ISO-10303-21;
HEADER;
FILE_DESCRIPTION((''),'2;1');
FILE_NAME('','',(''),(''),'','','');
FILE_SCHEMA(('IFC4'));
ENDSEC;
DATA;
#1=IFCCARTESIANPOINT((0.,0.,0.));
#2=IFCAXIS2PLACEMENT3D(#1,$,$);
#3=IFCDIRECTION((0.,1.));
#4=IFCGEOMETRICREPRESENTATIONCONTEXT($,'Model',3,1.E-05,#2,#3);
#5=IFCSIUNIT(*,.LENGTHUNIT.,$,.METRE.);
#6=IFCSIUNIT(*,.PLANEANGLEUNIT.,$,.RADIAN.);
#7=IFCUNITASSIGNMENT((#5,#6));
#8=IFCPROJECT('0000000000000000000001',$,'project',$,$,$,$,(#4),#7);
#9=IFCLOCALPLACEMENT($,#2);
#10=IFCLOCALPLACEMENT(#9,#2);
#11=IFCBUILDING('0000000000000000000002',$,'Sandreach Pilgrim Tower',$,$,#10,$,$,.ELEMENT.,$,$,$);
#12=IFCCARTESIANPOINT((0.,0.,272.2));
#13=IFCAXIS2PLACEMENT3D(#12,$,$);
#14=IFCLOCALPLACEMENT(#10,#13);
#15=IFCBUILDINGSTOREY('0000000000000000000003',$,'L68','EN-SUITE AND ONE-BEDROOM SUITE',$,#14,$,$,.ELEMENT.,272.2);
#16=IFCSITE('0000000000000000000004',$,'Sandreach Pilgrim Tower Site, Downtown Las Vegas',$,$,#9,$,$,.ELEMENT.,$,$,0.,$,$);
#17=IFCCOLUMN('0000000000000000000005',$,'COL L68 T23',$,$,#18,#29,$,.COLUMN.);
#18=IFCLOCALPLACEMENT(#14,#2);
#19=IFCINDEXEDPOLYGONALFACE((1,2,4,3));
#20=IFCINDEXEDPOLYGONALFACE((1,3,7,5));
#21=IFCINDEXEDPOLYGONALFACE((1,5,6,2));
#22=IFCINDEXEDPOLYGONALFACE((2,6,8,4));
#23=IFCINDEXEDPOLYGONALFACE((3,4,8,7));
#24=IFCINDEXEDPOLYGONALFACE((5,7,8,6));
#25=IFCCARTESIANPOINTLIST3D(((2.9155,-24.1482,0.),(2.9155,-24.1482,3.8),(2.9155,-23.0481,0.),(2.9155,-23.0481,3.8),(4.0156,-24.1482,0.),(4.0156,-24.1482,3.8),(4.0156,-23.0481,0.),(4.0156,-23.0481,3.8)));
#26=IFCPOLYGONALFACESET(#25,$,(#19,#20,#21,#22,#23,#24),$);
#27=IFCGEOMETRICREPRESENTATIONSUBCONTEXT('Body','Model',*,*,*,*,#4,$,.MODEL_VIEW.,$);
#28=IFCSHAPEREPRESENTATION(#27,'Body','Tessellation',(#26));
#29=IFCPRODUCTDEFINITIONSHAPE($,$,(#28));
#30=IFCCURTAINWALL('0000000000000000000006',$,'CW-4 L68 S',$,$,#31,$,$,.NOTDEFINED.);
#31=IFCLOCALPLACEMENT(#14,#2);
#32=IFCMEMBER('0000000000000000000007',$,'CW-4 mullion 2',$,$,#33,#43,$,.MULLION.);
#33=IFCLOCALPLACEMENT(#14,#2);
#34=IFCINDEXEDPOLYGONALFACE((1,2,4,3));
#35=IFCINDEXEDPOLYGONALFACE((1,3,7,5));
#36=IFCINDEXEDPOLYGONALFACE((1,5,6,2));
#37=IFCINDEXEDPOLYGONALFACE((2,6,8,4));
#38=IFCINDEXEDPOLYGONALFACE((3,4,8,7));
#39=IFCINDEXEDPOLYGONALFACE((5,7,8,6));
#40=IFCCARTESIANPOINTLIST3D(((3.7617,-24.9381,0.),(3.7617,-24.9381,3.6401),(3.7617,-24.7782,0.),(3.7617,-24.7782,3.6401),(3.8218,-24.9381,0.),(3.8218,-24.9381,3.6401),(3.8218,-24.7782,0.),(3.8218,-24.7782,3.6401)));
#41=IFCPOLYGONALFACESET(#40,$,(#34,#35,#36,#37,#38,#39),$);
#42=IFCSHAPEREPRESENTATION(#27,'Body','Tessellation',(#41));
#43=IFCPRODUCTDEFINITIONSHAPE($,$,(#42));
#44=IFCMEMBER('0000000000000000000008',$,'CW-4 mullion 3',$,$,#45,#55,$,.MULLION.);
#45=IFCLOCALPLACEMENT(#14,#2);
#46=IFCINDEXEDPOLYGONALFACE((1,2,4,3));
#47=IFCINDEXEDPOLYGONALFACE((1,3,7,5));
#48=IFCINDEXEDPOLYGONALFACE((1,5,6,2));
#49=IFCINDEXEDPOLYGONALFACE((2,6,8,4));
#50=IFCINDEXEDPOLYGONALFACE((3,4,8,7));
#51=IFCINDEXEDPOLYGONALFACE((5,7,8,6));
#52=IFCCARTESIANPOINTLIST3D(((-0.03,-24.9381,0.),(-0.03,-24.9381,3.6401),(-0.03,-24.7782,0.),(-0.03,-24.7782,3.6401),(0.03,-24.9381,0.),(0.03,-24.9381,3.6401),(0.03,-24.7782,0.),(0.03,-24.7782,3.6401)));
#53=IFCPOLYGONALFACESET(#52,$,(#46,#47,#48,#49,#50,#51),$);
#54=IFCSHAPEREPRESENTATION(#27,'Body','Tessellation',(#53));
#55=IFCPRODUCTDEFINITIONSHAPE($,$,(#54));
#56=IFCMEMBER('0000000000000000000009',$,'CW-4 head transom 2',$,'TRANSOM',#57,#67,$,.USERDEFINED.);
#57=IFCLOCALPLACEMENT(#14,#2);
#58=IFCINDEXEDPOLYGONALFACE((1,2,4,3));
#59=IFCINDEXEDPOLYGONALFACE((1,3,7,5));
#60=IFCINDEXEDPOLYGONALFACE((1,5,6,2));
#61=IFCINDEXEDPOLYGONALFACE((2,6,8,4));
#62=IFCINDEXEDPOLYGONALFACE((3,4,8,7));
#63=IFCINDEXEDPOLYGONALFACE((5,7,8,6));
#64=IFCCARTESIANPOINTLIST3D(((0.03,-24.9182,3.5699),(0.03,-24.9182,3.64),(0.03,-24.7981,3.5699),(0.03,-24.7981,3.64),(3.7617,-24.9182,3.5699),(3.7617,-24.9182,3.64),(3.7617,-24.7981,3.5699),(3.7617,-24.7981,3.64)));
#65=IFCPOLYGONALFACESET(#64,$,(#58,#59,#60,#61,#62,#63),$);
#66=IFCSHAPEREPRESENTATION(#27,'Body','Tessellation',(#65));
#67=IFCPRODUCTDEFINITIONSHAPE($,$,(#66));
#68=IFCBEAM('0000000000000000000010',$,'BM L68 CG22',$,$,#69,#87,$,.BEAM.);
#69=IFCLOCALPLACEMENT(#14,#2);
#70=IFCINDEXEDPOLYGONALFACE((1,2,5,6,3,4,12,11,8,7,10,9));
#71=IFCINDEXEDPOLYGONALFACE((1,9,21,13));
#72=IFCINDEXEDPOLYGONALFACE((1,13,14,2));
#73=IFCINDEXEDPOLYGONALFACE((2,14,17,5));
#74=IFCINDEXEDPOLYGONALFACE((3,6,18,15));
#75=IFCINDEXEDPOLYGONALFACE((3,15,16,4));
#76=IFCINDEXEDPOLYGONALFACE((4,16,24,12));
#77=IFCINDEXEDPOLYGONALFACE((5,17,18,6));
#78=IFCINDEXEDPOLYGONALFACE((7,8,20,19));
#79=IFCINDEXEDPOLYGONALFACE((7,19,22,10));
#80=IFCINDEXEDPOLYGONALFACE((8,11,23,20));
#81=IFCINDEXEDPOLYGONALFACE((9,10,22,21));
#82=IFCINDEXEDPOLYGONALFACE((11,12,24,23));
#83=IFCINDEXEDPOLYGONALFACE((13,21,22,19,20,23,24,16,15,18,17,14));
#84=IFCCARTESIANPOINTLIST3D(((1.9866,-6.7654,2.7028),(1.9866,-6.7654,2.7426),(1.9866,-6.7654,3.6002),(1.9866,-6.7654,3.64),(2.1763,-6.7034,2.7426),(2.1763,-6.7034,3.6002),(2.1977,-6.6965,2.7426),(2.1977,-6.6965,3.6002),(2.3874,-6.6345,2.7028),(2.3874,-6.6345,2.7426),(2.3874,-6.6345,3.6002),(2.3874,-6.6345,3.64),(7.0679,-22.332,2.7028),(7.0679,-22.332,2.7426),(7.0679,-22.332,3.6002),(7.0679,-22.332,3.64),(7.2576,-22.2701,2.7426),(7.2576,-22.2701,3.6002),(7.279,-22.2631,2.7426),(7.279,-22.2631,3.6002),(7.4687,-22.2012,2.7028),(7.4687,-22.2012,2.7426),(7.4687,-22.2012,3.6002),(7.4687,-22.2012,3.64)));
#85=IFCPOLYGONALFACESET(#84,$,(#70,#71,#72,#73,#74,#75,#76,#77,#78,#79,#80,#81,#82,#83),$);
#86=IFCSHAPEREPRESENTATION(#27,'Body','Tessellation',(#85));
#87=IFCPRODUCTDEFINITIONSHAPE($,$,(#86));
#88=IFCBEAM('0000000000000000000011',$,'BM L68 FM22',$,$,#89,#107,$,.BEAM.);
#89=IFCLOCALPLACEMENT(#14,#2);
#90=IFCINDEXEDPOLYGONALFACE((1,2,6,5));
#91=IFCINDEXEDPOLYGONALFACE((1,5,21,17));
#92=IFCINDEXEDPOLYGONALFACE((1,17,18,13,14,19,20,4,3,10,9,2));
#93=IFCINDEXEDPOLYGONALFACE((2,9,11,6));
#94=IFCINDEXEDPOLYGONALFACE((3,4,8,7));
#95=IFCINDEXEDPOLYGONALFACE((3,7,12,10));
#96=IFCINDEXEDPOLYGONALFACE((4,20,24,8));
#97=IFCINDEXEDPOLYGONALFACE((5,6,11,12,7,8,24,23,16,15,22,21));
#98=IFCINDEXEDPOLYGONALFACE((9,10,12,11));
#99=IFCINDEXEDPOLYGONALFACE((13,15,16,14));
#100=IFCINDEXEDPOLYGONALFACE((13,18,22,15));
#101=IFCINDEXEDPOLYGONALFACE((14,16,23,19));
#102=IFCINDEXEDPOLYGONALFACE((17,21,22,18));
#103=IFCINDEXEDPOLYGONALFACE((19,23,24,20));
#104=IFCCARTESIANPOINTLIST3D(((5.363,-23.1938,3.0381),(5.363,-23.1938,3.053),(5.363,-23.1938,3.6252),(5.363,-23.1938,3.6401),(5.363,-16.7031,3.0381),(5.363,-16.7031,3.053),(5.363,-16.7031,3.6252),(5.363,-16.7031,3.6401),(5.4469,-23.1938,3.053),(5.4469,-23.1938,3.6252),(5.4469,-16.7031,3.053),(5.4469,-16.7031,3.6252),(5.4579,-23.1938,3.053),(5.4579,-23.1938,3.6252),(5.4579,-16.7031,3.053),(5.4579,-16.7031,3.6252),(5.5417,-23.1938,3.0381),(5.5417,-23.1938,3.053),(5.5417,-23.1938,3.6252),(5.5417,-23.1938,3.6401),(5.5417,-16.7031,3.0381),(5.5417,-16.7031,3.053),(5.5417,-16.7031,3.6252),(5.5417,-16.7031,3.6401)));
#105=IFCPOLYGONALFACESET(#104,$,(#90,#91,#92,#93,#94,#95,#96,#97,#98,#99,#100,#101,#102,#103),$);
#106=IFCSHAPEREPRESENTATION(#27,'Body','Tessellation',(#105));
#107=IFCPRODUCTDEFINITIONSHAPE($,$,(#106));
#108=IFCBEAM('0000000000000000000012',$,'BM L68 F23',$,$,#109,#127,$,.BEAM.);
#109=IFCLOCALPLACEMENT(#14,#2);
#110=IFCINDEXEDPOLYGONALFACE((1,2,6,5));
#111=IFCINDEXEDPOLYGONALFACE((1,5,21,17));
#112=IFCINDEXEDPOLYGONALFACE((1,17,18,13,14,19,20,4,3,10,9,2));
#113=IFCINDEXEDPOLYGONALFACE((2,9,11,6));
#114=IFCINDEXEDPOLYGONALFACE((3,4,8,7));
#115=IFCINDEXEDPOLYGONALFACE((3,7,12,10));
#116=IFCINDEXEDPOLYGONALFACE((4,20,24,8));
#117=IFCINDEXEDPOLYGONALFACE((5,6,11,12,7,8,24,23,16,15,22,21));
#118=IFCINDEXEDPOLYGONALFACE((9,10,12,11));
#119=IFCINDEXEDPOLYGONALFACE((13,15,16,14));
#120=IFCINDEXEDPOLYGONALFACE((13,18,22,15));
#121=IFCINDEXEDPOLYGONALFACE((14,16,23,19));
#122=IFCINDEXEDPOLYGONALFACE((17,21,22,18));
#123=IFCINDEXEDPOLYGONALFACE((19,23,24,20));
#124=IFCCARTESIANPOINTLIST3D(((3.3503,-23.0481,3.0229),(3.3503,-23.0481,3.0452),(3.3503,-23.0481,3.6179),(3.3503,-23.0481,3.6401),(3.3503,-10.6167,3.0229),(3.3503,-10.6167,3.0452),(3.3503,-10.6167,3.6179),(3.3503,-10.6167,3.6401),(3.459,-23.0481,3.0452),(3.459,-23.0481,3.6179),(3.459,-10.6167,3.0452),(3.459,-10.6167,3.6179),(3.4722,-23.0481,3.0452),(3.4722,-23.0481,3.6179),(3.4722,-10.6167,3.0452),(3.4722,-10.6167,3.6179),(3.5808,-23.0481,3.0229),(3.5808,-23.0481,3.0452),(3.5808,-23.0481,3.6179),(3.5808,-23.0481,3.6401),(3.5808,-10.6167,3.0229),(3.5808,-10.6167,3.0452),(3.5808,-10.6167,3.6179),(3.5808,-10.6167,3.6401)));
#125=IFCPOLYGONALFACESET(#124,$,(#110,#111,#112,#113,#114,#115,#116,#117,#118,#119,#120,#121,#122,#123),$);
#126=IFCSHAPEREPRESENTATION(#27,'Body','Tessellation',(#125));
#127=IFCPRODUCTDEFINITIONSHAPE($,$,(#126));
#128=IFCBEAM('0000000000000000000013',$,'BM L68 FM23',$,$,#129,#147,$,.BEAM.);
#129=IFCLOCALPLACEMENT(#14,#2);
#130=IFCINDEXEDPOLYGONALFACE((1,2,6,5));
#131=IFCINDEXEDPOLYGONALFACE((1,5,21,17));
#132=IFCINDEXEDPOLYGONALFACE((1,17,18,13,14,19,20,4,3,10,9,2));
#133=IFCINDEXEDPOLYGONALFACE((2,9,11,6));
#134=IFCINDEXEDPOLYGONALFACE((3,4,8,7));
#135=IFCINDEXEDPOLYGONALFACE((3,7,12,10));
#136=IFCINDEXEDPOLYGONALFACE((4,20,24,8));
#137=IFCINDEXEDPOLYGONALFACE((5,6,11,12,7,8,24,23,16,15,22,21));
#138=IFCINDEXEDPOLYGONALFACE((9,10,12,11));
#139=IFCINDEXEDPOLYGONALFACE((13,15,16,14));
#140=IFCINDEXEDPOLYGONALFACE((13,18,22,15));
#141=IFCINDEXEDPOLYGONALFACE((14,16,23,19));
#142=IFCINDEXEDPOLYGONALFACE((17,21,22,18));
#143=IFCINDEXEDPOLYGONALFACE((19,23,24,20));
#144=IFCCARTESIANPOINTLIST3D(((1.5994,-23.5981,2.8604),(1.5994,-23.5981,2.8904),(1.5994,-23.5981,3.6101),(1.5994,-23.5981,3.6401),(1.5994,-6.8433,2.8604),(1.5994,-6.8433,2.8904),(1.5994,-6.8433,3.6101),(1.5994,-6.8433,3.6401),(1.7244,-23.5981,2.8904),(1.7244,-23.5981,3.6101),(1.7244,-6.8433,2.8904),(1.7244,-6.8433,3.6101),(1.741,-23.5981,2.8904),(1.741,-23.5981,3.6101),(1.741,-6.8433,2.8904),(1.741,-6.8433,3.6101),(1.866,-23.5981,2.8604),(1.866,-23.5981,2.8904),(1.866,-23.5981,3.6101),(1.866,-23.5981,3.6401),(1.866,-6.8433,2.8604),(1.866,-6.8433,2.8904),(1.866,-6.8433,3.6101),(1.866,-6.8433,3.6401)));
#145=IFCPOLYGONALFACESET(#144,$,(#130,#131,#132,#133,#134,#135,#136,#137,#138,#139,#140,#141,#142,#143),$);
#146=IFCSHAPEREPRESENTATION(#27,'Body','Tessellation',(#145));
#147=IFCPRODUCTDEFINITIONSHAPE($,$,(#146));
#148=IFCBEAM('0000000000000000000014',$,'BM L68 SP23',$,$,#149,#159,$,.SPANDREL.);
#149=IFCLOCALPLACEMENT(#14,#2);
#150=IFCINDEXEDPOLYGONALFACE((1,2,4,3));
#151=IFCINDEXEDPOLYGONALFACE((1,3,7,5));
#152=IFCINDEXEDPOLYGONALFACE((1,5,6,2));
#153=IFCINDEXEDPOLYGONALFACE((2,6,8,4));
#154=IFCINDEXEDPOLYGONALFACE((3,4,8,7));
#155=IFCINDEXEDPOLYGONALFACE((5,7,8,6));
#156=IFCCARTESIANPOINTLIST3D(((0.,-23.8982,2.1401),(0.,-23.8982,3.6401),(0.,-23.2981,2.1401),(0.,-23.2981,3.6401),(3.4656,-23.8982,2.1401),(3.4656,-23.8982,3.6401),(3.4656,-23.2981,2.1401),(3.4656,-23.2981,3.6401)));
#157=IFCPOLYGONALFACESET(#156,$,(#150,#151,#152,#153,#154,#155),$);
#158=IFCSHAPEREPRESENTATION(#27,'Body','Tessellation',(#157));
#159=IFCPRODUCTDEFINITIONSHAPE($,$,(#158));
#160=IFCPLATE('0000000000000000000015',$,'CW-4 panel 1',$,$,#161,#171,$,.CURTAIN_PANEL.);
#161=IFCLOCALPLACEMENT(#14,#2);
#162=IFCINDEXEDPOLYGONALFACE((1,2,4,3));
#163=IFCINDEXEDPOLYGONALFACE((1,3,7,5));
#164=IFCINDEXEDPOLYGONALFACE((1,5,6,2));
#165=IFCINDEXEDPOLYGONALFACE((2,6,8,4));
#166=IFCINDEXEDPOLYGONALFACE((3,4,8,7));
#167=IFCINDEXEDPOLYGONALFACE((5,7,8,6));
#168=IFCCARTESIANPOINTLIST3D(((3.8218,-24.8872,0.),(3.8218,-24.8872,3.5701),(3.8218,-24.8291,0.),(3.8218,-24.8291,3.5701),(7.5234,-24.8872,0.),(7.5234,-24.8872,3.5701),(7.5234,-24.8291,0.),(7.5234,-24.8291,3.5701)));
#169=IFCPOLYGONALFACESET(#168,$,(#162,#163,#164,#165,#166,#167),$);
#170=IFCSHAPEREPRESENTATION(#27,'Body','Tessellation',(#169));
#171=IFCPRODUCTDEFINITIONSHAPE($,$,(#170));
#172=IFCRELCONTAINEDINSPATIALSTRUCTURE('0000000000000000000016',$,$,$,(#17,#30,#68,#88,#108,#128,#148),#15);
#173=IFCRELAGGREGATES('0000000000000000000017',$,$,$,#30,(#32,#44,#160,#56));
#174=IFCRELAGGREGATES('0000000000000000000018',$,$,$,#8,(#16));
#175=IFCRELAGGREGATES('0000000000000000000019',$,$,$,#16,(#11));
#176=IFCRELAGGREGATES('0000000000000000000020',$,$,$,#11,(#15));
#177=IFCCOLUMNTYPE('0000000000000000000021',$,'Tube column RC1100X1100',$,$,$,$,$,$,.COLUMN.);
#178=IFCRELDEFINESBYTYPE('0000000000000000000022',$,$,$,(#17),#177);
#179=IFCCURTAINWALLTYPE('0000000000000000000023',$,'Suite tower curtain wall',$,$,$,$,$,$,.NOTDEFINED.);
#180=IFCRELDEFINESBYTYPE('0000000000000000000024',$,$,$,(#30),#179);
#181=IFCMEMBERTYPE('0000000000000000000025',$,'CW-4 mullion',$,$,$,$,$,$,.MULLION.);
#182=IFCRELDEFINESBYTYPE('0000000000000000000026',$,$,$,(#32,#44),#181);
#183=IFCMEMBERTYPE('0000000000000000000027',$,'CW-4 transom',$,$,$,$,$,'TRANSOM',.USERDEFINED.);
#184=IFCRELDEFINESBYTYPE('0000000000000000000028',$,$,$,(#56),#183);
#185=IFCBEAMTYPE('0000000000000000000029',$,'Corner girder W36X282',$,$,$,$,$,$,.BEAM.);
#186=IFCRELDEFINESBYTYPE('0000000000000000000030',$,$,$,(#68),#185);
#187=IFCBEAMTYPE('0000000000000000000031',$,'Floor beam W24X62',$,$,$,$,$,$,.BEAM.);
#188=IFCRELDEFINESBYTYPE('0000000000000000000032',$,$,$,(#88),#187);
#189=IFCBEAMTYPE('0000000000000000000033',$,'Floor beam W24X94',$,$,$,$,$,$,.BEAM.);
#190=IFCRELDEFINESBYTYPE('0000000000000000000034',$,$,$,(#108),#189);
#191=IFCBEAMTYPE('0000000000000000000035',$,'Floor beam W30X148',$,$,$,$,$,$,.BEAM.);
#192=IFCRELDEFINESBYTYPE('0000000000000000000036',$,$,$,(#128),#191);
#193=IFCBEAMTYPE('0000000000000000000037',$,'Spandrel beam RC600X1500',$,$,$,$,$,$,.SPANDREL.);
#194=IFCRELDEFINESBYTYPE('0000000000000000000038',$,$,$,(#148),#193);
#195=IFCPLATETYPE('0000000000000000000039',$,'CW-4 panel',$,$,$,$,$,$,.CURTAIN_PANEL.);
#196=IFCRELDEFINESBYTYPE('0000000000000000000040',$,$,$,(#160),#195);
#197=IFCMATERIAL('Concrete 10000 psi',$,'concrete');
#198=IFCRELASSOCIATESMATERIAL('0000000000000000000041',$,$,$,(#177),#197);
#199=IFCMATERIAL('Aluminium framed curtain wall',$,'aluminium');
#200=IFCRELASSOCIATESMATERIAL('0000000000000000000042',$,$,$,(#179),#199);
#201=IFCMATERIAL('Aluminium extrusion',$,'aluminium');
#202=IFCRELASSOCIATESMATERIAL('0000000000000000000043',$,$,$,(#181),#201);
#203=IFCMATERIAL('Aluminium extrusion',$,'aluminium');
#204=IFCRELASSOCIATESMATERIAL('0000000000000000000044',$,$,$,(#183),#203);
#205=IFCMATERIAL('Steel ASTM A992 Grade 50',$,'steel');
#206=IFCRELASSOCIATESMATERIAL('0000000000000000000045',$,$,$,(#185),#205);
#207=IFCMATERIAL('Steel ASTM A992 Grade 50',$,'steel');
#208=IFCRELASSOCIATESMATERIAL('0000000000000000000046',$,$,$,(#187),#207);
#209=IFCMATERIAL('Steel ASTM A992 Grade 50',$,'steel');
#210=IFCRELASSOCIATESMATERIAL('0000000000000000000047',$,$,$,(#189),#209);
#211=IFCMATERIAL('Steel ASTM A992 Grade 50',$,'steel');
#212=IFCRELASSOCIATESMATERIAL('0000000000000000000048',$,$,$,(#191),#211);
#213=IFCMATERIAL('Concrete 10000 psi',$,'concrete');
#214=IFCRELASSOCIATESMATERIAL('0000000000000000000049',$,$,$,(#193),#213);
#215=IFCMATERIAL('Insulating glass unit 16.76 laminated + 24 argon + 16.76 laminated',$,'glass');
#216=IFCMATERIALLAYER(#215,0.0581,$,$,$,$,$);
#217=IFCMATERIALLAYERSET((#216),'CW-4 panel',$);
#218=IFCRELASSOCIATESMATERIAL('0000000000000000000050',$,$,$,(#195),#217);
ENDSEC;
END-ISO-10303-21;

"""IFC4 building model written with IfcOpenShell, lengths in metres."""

from ifc_helpers import new_model, si_unit, direction, frame, origin, origin_2d, place, context, subcontext, project, spatial, rectangle, i_section, extrude, material, layer, layer_set, material_profile, profile_set, type_object, element, aggregate, save


model = new_model("IFC4")

# Units and contexts
model_context = context("Model", 3, precision=1e-05, world=origin(), true_north=direction((0.0, 1.0)))
body_context = subcontext(model_context, "Body", "Model", "MODEL_VIEW")
ifc_project = project(units=[si_unit("LENGTHUNIT", "METRE"), si_unit("PLANEANGLEUNIT", "RADIAN")], contexts=[model_context])

# Site, building, storey
site_placement = place(None, origin())
site = spatial("IfcSite", under=ifc_project, at=site_placement, Name="Sandreach Pilgrim Tower Site, Downtown Las Vegas", CompositionType="ELEMENT", RefElevation=0.0)
building_placement = place(site_placement, origin())
building = spatial("IfcBuilding", under=site, at=building_placement, Name="Sandreach Pilgrim Tower", CompositionType="ELEMENT")
storey_placement = place(building_placement, frame((0.0, 0.0, 272.2)))
storey = spatial("IfcBuildingStorey", under=building, at=storey_placement, Name="L68", Description="EN-SUITE AND ONE-BEDROOM SUITE", CompositionType="ELEMENT", Elevation=272.2)

# Column
ifc_material_1 = material(Name="Concrete 10000 psi", Category="concrete")
ifc_material_profile_1 = material_profile(ifc_material_1, rectangle(XDim=1.1001, YDim=1.1001, at=origin_2d()), Name="RC1100X1100")
ifc_profile_set_1 = profile_set([ifc_material_profile_1], Name="Concrete 10000 psi")
column_type = type_object("IfcColumnType", Name="Tube column RC1100X1100", PredefinedType="COLUMN", material=ifc_profile_set_1)
column_placement = place(storey_placement, frame((3.4656, -23.5981, 0.0), z_axis=(0.0, 0.0, 1.0), x_axis=(0.0, -1.0, 0.0)))
element("IfcColumn", 1, at=column_placement, inside=storey, type_object=column_type, Name="COL L68 T23", PredefinedType="COLUMN", context=body_context, shape_type="SweptSolid", body=[
    extrude(rectangle(XDim=1.1001, YDim=1.1001, at=origin_2d()), origin(), (0.0, 0.0, 1.0), 3.8),
])

# Curtain wall, members
ifc_material_2 = material(Name="Aluminium framed curtain wall", Category="aluminium")
curtain_wall_type = type_object("IfcCurtainWallType", Name="Suite tower curtain wall", PredefinedType="NOTDEFINED", material=ifc_material_2)
curtain_wall_placement = place(storey_placement, origin())
curtain_wall = element("IfcCurtainWall", 2, at=curtain_wall_placement, inside=storey, type_object=curtain_wall_type, Name="CW-4 L68 S", PredefinedType="NOTDEFINED")
ifc_material_3 = material(Name="Aluminium extrusion", Category="aluminium")
ifc_material_profile_2 = material_profile(ifc_material_3, rectangle(XDim=0.0601, YDim=0.1599, at=origin_2d()), Name="CW-4M 60X160")
ifc_profile_set_2 = profile_set([ifc_material_profile_2], Name="Aluminium extrusion")
member_type_1 = type_object("IfcMemberType", Name="CW-4 mullion", PredefinedType="MULLION", material=ifc_profile_set_2)
member_1_placement = place(storey_placement, frame((3.7917, -24.8582, 0.0), z_axis=(0.0, 0.0, 1.0), x_axis=(-1.0, 0.0, 0.0)))
member_1 = element("IfcMember", 3, at=member_1_placement, type_object=member_type_1, Name="CW-4 mullion 2", PredefinedType="MULLION", context=body_context, shape_type="SweptSolid", body=[
    extrude(rectangle(XDim=0.0601, YDim=0.1599, at=origin_2d()), origin(), (0.0, 0.0, 1.0), 3.6401),
])
member_2_placement = place(storey_placement, frame((0.0, -24.8582, 0.0), z_axis=(0.0, 0.0, 1.0), x_axis=(-1.0, 0.0, 0.0)))
member_2 = element("IfcMember", 4, at=member_2_placement, type_object=member_type_1, Name="CW-4 mullion 3", PredefinedType="MULLION", context=body_context, shape_type="SweptSolid", body=[
    extrude(rectangle(XDim=0.0601, YDim=0.1599, at=origin_2d()), origin(), (0.0, 0.0, 1.0), 3.6401),
])
ifc_material_4 = material(Name="Aluminium extrusion", Category="aluminium")
ifc_material_profile_3 = material_profile(ifc_material_4, rectangle(XDim=0.1201, YDim=0.0701, at=origin_2d()), Name="CW-4T 120X70")
ifc_profile_set_3 = profile_set([ifc_material_profile_3], Name="Aluminium extrusion")
member_type_2 = type_object("IfcMemberType", Name="CW-4 transom", ElementType="TRANSOM", PredefinedType="USERDEFINED", material=ifc_profile_set_3)
member_3_placement = place(storey_placement, frame((3.7617, -24.8582, 3.605), z_axis=(-1.0, 0.0, 0.0), x_axis=(0.0, -1.0, 0.0)))
member_3 = element("IfcMember", 5, at=member_3_placement, type_object=member_type_2, Name="CW-4 head transom 2", ObjectType="TRANSOM", PredefinedType="USERDEFINED", context=body_context, shape_type="SweptSolid", body=[
    extrude(rectangle(XDim=0.1201, YDim=0.0701, at=origin_2d()), origin(), (0.0, 0.0, 1.0), 3.7317),
])

# Beams
ifc_material_5 = material(Name="Steel ASTM A992 Grade 50", Category="steel")
ifc_material_profile_4 = material_profile(ifc_material_5, i_section(OverallWidth=0.4216, OverallDepth=0.9373, WebThickness=0.0225, FlangeThickness=0.0398, at=origin_2d()), Name="W36X282")
ifc_profile_set_4 = profile_set([ifc_material_profile_4], Name="Steel ASTM A992 Grade 50")
beam_type_1 = type_object("IfcBeamType", Name="Corner girder W36X282", PredefinedType="BEAM", material=ifc_profile_set_4)
beam_1_placement = place(storey_placement, frame((7.2683, -22.2666, 3.1714), z_axis=(-0.310309, 0.950636, 0.0), x_axis=(-0.950636, -0.310309, 0.0)))
element("IfcBeam", 6, at=beam_1_placement, inside=storey, type_object=beam_type_1, Name="BM L68 CG22", PredefinedType="BEAM", context=body_context, shape_type="SweptSolid", body=[
    extrude(i_section(OverallWidth=0.4216, OverallDepth=0.9373, WebThickness=0.0225, FlangeThickness=0.0398, at=origin_2d()), origin(), (0.0, 0.0, 1.0), 16.375),
])
ifc_material_6 = material(Name="Steel ASTM A992 Grade 50", Category="steel")
ifc_material_profile_5 = material_profile(ifc_material_6, i_section(OverallWidth=0.1787, OverallDepth=0.6021, WebThickness=0.011, FlangeThickness=0.0149, at=origin_2d()), Name="W24X62")
ifc_profile_set_5 = profile_set([ifc_material_profile_5], Name="Steel ASTM A992 Grade 50")
beam_type_2 = type_object("IfcBeamType", Name="Floor beam W24X62", PredefinedType="BEAM", material=ifc_profile_set_5)
beam_2_placement = place(storey_placement, frame((5.4524, -23.1938, 3.3391), z_axis=(0.0, 1.0, 0.0), x_axis=(-1.0, 0.0, 0.0)))
element("IfcBeam", 7, at=beam_2_placement, inside=storey, type_object=beam_type_2, Name="BM L68 FM22", PredefinedType="BEAM", context=body_context, shape_type="SweptSolid", body=[
    extrude(i_section(OverallWidth=0.1787, OverallDepth=0.6021, WebThickness=0.011, FlangeThickness=0.0149, at=origin_2d()), origin(), (0.0, 0.0, 1.0), 6.4907),
])
ifc_material_7 = material(Name="Steel ASTM A992 Grade 50", Category="steel")
ifc_material_profile_6 = material_profile(ifc_material_7, i_section(OverallWidth=0.2305, OverallDepth=0.6172, WebThickness=0.0132, FlangeThickness=0.0222, at=origin_2d()), Name="W24X94")
ifc_profile_set_6 = profile_set([ifc_material_profile_6], Name="Steel ASTM A992 Grade 50")
beam_type_3 = type_object("IfcBeamType", Name="Floor beam W24X94", PredefinedType="BEAM", material=ifc_profile_set_6)
beam_3_placement = place(storey_placement, frame((3.4656, -23.0481, 3.3315), z_axis=(0.0, 1.0, 0.0), x_axis=(-1.0, 0.0, 0.0)))
element("IfcBeam", 8, at=beam_3_placement, inside=storey, type_object=beam_type_3, Name="BM L68 F23", PredefinedType="BEAM", context=body_context, shape_type="SweptSolid", body=[
    extrude(i_section(OverallWidth=0.2305, OverallDepth=0.6172, WebThickness=0.0132, FlangeThickness=0.0222, at=origin_2d()), origin(), (0.0, 0.0, 1.0), 12.4314),
])
ifc_material_8 = material(Name="Steel ASTM A992 Grade 50", Category="steel")
ifc_material_profile_7 = material_profile(ifc_material_8, i_section(OverallWidth=0.2666, OverallDepth=0.7798, WebThickness=0.0166, FlangeThickness=0.03, at=origin_2d()), Name="W30X148")
ifc_profile_set_7 = profile_set([ifc_material_profile_7], Name="Steel ASTM A992 Grade 50")
beam_type_4 = type_object("IfcBeamType", Name="Floor beam W30X148", PredefinedType="BEAM", material=ifc_profile_set_7)
beam_4_placement = place(storey_placement, frame((1.7327, -23.5981, 3.2502), z_axis=(0.0, 1.0, 0.0), x_axis=(-1.0, 0.0, 0.0)))
element("IfcBeam", 9, at=beam_4_placement, inside=storey, type_object=beam_type_4, Name="BM L68 FM23", PredefinedType="BEAM", context=body_context, shape_type="SweptSolid", body=[
    extrude(i_section(OverallWidth=0.2666, OverallDepth=0.7798, WebThickness=0.0166, FlangeThickness=0.03, at=origin_2d()), origin(), (0.0, 0.0, 1.0), 16.7549),
])
ifc_material_9 = material(Name="Concrete 10000 psi", Category="concrete")
ifc_material_profile_8 = material_profile(ifc_material_9, rectangle(XDim=0.6001, YDim=1.5, at=origin_2d()), Name="RC600X1500")
ifc_profile_set_8 = profile_set([ifc_material_profile_8], Name="Concrete 10000 psi")
beam_type_5 = type_object("IfcBeamType", Name="Spandrel beam RC600X1500", PredefinedType="SPANDREL", material=ifc_profile_set_8)
beam_5_placement = place(storey_placement, frame((3.4656, -23.5981, 2.8901), z_axis=(-1.0, 0.0, 0.0), x_axis=(0.0, -1.0, 0.0)))
element("IfcBeam", 10, at=beam_5_placement, inside=storey, type_object=beam_type_5, Name="BM L68 SP23", PredefinedType="SPANDREL", context=body_context, shape_type="SweptSolid", body=[
    extrude(rectangle(XDim=0.6001, YDim=1.5, at=origin_2d()), origin(), (0.0, 0.0, 1.0), 3.4656),
])

# Plate
ifc_material_10 = material(Name="Insulating glass unit 16.76 laminated + 24 argon + 16.76 laminated", Category="glass")
ifc_layer_1 = layer(ifc_material_10, 0.0581)
ifc_layer_set_1 = layer_set([ifc_layer_1], Name="CW-4 panel")
plate_type = type_object("IfcPlateType", Name="CW-4 panel", PredefinedType="CURTAIN_PANEL", material=ifc_layer_set_1)
plate_1_placement = place(storey_placement, frame((5.6726, -24.8582, 0.0), z_axis=(0.0, 0.0, 1.0), x_axis=(-1.0, 0.0, 0.0)))
plate_1 = element("IfcPlate", 11, at=plate_1_placement, type_object=plate_type, Name="CW-4 panel 1", PredefinedType="CURTAIN_PANEL", context=body_context, shape_type="SweptSolid", body=[
    extrude(rectangle(XDim=3.7017, YDim=0.0581, at=origin_2d()), origin(), (0.0, 0.0, 1.0), 3.5701),
])
aggregate(curtain_wall, [member_1, member_2, plate_1, member_3])

save(model, "model.ifc")
